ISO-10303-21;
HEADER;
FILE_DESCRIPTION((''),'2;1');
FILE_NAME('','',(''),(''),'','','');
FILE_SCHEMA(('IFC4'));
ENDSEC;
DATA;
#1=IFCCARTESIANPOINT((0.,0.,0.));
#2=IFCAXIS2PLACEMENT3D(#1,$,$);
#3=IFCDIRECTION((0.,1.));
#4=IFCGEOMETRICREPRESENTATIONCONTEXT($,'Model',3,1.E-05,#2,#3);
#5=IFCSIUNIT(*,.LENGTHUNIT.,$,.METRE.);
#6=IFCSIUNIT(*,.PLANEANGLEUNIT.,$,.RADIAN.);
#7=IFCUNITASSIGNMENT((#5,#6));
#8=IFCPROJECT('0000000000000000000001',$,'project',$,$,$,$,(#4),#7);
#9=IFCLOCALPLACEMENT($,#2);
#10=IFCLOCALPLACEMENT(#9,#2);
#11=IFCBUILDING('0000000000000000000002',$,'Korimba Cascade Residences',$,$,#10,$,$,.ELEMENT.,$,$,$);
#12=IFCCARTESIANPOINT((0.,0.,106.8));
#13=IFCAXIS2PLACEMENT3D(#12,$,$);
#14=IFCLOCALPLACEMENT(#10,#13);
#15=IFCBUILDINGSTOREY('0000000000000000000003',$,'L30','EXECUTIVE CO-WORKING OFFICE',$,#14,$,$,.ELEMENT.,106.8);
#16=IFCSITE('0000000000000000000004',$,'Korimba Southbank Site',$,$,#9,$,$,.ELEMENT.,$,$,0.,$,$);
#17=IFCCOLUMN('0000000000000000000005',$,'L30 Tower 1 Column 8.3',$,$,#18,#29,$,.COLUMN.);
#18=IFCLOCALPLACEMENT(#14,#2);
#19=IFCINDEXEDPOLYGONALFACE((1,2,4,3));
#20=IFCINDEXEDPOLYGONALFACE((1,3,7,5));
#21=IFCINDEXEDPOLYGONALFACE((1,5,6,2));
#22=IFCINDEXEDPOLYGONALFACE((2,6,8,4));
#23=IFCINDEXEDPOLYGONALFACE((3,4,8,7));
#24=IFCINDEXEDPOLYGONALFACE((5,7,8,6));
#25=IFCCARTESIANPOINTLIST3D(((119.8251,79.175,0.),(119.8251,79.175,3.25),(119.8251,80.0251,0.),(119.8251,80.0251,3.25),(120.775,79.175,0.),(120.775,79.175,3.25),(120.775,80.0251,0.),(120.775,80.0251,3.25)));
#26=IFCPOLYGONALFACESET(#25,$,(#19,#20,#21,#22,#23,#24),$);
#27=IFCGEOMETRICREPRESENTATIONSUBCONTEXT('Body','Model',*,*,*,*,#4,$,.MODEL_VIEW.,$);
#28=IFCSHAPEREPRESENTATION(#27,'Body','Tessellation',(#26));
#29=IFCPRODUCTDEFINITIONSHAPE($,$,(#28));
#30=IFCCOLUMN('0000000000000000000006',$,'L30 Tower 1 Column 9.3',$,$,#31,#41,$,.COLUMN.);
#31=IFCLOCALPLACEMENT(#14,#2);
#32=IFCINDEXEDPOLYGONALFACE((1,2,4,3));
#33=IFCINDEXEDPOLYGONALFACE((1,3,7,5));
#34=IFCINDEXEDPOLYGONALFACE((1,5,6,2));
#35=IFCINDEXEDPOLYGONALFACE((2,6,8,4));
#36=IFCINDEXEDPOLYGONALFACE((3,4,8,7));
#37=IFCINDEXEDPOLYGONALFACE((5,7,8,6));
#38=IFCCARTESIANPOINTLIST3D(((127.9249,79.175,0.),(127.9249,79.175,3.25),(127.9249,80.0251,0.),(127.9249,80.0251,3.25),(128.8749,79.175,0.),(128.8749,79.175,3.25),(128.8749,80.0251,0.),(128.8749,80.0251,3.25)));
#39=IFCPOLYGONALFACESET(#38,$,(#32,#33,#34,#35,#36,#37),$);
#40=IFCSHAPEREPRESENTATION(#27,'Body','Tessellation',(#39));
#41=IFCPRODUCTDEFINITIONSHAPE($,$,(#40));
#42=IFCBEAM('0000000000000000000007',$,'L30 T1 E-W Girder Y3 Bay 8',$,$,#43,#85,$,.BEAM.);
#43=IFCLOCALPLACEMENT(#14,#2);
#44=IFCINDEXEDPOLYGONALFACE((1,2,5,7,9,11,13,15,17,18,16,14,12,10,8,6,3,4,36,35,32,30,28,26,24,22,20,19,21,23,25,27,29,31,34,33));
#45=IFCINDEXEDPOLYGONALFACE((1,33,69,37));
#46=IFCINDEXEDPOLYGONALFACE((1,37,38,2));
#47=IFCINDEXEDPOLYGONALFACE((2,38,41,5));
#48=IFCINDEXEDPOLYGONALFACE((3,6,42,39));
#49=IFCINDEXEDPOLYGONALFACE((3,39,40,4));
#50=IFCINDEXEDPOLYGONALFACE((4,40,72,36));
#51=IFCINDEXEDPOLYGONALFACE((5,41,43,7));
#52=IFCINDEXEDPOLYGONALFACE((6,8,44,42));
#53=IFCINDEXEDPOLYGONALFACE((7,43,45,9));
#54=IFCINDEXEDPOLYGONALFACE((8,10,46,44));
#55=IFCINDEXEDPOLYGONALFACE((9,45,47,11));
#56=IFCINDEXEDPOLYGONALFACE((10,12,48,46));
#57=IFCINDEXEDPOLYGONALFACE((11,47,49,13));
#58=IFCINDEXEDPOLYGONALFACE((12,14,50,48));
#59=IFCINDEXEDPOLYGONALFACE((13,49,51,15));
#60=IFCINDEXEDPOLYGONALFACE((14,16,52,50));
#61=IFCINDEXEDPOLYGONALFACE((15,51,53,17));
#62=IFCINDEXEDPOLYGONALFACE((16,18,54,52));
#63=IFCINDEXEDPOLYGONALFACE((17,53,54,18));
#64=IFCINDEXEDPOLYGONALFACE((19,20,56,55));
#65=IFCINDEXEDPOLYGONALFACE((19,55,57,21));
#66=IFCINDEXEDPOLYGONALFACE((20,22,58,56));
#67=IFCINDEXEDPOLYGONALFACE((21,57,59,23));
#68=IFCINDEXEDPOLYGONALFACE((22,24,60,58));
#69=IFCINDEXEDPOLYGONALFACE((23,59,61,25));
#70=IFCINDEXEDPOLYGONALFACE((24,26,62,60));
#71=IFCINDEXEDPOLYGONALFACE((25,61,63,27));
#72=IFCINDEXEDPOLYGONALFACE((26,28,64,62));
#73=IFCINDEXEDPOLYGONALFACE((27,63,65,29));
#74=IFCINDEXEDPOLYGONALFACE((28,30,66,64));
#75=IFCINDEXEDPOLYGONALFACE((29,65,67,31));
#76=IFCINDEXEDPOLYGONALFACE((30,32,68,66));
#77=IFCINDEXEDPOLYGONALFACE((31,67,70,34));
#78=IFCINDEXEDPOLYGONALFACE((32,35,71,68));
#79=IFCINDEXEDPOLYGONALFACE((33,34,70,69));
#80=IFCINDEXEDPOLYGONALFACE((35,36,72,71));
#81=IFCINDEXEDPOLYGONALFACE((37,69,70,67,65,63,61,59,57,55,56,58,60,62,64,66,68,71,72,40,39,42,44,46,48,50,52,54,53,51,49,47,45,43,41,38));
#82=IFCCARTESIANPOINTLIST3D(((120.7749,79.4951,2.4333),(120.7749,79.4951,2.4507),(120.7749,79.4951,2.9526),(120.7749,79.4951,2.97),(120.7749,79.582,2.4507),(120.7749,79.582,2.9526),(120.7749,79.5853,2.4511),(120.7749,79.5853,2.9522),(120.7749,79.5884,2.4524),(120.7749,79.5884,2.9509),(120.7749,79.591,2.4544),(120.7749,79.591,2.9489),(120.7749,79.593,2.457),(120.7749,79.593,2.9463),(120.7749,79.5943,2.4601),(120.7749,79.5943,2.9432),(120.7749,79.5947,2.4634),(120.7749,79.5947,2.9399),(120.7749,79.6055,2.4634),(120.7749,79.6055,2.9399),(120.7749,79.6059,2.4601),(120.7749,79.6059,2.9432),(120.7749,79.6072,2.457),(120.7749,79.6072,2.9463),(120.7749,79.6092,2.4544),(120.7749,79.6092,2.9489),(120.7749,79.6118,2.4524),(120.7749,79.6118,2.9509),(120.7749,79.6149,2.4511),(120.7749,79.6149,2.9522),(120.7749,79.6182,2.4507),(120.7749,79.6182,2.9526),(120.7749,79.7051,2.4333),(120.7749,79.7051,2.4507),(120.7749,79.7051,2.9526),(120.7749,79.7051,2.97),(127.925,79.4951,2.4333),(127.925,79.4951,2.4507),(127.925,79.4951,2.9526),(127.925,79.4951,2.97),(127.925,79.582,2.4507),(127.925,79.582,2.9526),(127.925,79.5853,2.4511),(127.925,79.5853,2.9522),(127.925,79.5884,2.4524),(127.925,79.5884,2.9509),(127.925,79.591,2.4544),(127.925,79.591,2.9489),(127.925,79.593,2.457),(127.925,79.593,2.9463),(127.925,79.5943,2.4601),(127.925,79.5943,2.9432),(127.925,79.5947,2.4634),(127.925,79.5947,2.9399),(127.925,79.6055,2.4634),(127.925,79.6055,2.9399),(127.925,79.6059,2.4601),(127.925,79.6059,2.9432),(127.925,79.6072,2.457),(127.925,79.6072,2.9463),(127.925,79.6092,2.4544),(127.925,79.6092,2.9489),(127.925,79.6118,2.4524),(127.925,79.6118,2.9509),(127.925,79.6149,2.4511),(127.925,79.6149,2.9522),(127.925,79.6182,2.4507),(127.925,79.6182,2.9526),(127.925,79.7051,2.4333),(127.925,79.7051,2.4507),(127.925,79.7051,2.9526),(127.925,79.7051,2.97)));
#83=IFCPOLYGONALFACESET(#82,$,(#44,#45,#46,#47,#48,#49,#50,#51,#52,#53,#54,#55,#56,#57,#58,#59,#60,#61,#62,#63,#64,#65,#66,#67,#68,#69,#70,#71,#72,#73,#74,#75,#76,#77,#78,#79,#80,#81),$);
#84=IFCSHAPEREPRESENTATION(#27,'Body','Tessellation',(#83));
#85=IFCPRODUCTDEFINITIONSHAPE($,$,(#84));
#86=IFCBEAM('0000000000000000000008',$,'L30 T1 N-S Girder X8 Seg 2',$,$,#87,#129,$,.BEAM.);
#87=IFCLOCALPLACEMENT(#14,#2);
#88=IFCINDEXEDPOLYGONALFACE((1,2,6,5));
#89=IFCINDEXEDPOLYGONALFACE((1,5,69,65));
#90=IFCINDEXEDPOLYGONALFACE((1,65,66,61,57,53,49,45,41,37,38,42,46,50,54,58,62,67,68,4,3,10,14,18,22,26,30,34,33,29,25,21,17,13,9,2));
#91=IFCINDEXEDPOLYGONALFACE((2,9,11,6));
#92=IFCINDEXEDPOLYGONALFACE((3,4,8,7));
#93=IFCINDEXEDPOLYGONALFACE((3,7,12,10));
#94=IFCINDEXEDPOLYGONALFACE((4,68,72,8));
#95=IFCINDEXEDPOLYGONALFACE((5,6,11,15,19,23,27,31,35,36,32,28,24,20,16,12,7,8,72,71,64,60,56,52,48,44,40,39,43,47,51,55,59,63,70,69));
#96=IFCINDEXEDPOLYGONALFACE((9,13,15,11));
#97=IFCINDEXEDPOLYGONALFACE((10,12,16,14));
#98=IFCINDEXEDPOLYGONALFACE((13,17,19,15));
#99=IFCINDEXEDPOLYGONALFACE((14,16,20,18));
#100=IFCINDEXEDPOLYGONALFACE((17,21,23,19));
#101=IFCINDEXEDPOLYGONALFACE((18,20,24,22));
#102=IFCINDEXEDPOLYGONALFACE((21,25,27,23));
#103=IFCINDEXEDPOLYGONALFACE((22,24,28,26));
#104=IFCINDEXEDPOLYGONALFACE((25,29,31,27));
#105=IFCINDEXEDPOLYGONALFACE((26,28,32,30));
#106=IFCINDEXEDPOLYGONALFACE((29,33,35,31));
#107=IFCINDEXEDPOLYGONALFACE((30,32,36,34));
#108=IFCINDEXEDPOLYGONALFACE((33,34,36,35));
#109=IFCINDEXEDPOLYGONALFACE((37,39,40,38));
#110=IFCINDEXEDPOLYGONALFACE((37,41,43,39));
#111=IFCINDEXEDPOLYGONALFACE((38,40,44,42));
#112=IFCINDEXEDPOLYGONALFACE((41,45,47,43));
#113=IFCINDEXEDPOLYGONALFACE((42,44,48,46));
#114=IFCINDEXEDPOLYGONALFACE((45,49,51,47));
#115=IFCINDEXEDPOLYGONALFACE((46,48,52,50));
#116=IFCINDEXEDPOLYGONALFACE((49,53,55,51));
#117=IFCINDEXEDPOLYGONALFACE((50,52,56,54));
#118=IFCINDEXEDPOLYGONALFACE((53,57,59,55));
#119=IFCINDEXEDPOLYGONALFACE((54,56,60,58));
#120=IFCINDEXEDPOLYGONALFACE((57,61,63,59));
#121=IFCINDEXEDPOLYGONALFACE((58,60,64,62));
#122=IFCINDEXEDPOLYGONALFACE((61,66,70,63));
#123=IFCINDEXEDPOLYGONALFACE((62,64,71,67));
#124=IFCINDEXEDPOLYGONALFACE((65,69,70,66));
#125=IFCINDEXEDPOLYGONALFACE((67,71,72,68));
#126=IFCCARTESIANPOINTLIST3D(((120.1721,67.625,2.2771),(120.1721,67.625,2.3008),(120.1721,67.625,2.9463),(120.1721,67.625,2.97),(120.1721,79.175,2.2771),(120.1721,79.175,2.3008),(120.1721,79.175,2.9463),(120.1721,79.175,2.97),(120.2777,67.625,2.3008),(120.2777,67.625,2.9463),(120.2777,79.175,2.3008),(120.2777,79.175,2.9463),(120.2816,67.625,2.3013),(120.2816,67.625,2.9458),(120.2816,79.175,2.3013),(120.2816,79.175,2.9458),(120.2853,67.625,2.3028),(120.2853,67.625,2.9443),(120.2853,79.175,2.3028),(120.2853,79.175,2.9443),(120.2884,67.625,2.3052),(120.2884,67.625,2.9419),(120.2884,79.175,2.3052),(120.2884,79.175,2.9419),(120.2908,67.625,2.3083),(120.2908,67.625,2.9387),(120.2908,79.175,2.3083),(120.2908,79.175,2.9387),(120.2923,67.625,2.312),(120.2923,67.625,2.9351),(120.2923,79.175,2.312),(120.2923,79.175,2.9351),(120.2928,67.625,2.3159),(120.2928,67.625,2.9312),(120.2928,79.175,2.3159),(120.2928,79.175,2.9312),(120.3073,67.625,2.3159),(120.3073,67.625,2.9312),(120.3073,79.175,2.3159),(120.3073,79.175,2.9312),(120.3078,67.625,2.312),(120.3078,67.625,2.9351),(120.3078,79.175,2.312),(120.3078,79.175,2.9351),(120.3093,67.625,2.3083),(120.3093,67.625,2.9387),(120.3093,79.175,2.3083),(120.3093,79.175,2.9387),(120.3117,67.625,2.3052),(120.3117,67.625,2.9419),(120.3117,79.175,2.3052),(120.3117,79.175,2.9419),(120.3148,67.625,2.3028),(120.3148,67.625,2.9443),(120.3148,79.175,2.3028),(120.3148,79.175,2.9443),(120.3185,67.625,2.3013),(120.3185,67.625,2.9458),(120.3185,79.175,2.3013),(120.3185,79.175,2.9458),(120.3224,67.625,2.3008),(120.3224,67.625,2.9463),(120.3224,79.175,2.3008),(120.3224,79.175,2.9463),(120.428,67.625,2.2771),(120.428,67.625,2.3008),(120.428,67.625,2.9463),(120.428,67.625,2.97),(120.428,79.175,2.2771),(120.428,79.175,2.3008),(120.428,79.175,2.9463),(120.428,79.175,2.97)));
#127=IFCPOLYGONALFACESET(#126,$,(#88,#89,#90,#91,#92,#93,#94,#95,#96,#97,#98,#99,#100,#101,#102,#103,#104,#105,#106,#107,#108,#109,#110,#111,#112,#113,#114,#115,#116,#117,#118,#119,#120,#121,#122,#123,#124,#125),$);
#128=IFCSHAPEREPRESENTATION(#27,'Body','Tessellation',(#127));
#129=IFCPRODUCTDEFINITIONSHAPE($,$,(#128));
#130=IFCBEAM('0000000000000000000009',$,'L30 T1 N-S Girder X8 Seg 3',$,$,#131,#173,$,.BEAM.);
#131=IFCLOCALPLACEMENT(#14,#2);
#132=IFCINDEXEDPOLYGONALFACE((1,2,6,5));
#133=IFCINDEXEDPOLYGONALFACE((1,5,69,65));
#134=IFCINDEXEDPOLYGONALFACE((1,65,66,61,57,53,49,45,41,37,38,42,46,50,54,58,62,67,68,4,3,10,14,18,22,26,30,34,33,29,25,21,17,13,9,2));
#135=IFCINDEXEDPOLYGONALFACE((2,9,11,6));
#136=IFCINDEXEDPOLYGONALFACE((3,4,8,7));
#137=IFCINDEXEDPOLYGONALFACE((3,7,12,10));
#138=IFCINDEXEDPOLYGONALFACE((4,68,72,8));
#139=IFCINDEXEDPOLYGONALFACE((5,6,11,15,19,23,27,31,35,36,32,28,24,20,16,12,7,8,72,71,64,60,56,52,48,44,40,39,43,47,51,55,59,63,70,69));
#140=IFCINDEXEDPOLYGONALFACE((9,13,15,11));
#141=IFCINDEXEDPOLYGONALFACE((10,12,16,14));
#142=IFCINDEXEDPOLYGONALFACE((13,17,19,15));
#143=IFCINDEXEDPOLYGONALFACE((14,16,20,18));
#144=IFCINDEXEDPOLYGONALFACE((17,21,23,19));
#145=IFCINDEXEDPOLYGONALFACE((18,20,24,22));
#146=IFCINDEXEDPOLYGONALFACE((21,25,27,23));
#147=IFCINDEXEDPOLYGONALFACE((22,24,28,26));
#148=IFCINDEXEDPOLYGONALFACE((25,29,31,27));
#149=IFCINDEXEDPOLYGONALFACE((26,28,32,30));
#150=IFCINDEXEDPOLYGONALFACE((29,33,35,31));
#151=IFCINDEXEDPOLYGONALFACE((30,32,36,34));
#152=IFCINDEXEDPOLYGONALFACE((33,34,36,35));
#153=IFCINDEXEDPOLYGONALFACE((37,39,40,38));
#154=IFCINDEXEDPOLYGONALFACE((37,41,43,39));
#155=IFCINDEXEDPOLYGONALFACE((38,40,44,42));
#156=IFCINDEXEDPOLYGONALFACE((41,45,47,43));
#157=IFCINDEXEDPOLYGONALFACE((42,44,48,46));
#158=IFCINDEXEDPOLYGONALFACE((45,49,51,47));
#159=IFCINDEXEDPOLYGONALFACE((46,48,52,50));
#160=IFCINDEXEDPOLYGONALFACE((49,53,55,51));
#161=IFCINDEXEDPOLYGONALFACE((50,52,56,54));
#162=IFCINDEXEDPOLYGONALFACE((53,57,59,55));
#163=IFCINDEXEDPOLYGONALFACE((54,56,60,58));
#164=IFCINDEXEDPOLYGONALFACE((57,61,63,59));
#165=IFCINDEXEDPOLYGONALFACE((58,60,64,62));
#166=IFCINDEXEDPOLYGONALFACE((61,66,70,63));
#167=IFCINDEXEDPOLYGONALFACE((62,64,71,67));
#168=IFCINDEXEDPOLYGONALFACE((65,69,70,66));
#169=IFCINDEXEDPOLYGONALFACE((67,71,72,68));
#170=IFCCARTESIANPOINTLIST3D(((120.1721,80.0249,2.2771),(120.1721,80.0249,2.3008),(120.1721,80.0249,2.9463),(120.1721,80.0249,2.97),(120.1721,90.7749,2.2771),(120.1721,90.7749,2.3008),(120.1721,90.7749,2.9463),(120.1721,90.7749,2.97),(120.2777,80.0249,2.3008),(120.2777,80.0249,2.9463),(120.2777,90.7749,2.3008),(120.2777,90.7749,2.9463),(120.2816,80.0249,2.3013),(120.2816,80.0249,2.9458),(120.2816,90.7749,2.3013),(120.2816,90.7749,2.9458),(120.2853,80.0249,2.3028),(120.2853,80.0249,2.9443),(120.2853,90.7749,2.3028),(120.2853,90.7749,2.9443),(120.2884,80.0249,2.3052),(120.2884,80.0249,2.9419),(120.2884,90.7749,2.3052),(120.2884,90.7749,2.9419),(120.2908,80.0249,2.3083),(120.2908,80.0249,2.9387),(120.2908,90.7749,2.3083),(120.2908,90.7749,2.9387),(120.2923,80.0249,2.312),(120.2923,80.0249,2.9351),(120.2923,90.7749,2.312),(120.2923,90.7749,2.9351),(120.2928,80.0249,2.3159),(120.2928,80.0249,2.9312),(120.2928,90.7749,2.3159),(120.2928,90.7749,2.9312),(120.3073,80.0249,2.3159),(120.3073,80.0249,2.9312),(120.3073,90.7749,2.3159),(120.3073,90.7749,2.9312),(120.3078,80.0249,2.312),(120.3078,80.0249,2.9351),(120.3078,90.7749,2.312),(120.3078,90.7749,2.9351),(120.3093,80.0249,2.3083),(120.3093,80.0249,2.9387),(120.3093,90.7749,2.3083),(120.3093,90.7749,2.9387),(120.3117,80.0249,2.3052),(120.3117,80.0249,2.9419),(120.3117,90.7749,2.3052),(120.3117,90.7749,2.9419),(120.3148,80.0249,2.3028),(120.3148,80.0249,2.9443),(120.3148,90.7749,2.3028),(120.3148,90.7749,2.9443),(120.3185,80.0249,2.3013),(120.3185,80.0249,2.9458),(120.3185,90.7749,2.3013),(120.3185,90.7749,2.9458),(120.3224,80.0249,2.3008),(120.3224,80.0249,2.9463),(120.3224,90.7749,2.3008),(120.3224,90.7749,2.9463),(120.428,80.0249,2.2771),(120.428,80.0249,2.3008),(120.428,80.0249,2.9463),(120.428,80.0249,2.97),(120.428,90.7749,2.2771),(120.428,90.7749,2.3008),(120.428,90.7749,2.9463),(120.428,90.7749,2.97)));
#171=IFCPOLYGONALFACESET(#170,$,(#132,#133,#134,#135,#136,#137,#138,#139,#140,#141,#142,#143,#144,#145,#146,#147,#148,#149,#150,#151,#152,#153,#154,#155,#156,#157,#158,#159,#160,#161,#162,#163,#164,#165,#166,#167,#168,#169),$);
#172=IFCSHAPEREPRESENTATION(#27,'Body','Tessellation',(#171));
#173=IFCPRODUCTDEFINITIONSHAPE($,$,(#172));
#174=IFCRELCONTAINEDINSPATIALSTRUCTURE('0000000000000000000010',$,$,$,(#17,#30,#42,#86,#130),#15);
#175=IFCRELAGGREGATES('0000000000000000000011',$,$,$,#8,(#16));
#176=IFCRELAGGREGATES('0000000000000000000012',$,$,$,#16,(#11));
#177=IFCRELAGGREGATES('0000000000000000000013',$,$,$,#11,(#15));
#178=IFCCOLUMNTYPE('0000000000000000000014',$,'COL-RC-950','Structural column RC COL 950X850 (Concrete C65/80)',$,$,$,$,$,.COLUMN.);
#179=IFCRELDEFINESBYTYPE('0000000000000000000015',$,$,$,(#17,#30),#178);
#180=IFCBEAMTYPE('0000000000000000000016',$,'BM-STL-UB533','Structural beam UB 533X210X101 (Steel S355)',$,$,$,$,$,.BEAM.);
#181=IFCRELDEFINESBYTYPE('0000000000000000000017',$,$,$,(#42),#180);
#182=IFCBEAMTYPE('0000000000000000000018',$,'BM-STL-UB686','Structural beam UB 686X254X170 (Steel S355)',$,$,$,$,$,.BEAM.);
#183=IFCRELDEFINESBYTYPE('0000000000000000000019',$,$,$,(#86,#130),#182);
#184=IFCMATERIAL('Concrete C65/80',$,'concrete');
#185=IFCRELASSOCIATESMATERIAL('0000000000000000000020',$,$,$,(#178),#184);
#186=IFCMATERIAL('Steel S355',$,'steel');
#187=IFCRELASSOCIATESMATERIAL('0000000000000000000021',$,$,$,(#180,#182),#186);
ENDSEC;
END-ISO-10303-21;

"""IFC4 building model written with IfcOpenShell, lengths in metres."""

from ifc_helpers import new_model, si_unit, direction, frame, origin, origin_2d, place, context, subcontext, project, spatial, rectangle, i_section, extrude, material, material_profile, profile_set, type_object, element, save


model = new_model("IFC4")

# Units and contexts
model_context = context("Model", 3, precision=1e-05, world=origin(), true_north=direction((0.0, 1.0)))
body_context = subcontext(model_context, "Body", "Model", "MODEL_VIEW")
ifc_project = project(units=[si_unit("LENGTHUNIT", "METRE"), si_unit("PLANEANGLEUNIT", "RADIAN")], contexts=[model_context])

# Site, building, storey
site_placement = place(None, origin())
site = spatial("IfcSite", under=ifc_project, at=site_placement, Name="Korimba Southbank Site", CompositionType="ELEMENT", RefElevation=0.0)
building_placement = place(site_placement, origin())
building = spatial("IfcBuilding", under=site, at=building_placement, Name="Korimba Cascade Residences", CompositionType="ELEMENT")
storey_placement = place(building_placement, frame((0.0, 0.0, 106.8)))
storey = spatial("IfcBuildingStorey", under=building, at=storey_placement, Name="L30", Description="EXECUTIVE CO-WORKING OFFICE", CompositionType="ELEMENT", Elevation=106.8)

# Columns
ifc_material_1 = material(Name="Concrete C65/80", Category="concrete")
ifc_material_profile_1 = material_profile(ifc_material_1, rectangle(XDim=0.95, YDim=0.8501, at=origin_2d()), Name="Concrete C65/80")
ifc_profile_set_1 = profile_set([ifc_material_profile_1], Name="Concrete C65/80")
column_type = type_object("IfcColumnType", Name="COL-RC-950", Description="Structural column RC COL 950X850 (Concrete C65/80)", PredefinedType="COLUMN", material=ifc_profile_set_1)
for number, where, z_axis, x_axis, name in (
    (1, (120.3, 79.6001, 0.0), (0.0, 0.0, 1.0), (1.0, 0.0, 0.0), "L30 Tower 1 Column 8.3"),
    (2, (128.3999, 79.6001, 0.0), (0.0, 0.0, 1.0), (1.0, 0.0, 0.0), "L30 Tower 1 Column 9.3"),
):
    element("IfcColumn", number, at=place(storey_placement, frame(where, z_axis=z_axis, x_axis=x_axis)), inside=storey, type_object=column_type, Name=name, PredefinedType="COLUMN", context=body_context, shape_type="SweptSolid", body=[
        extrude(rectangle(XDim=0.95, YDim=0.8501, at=origin_2d()), origin(), (0.0, 0.0, 1.0), 3.25),
    ])

# Beams
ifc_material_2 = material(Name="Steel S355", Category="steel")
ifc_material_profile_2 = material_profile(ifc_material_2, i_section(OverallWidth=0.21, OverallDepth=0.5366, WebThickness=0.0107, FlangeThickness=0.0173, FilletRadius=0.0127, at=origin_2d()), Name="Steel S355")
ifc_profile_set_2 = profile_set([ifc_material_profile_2], Name="Steel S355")
beam_type_1 = type_object("IfcBeamType", Name="BM-STL-UB533", Description="Structural beam UB 533X210X101 (Steel S355)", PredefinedType="BEAM", material=ifc_profile_set_2)
beam_1_placement = place(storey_placement, frame((120.7749, 79.6001, 2.7017), z_axis=(1.0, 0.0, 0.0), x_axis=(0.0, 1.0, 0.0)))
element("IfcBeam", 3, at=beam_1_placement, inside=storey, type_object=beam_type_1, Name="L30 T1 E-W Girder Y3 Bay 8", PredefinedType="BEAM", context=body_context, shape_type="SweptSolid", body=[
    extrude(i_section(OverallWidth=0.21, OverallDepth=0.5366, WebThickness=0.0107, FlangeThickness=0.0173, FilletRadius=0.0127, at=origin_2d()), origin(), (0.0, 0.0, 1.0), 7.1501),
])
ifc_material_profile_3 = material_profile(ifc_material_2, i_section(OverallWidth=0.2559, OverallDepth=0.6929, WebThickness=0.0144, FlangeThickness=0.0237, FilletRadius=0.0151, at=origin_2d()), Name="Steel S355")
ifc_profile_set_3 = profile_set([ifc_material_profile_3], Name="Steel S355")
beam_type_2 = type_object("IfcBeamType", Name="BM-STL-UB686", Description="Structural beam UB 686X254X170 (Steel S355)", PredefinedType="BEAM", material=ifc_profile_set_3)
beam_2_placement = place(storey_placement, frame((120.3, 67.625, 2.6235), z_axis=(0.0, 1.0, 0.0), x_axis=(-1.0, 0.0, 0.0)))
element("IfcBeam", 4, at=beam_2_placement, inside=storey, type_object=beam_type_2, Name="L30 T1 N-S Girder X8 Seg 2", PredefinedType="BEAM", context=body_context, shape_type="SweptSolid", body=[
    extrude(i_section(OverallWidth=0.2559, OverallDepth=0.6929, WebThickness=0.0144, FlangeThickness=0.0237, FilletRadius=0.0151, at=origin_2d()), origin(), (0.0, 0.0, 1.0), 11.55),
])
beam_3_placement = place(storey_placement, frame((120.3, 80.0249, 2.6235), z_axis=(0.0, 1.0, 0.0), x_axis=(-1.0, 0.0, 0.0)))
element("IfcBeam", 5, at=beam_3_placement, inside=storey, type_object=beam_type_2, Name="L30 T1 N-S Girder X8 Seg 3", PredefinedType="BEAM", context=body_context, shape_type="SweptSolid", body=[
    extrude(i_section(OverallWidth=0.2559, OverallDepth=0.6929, WebThickness=0.0144, FlangeThickness=0.0237, FilletRadius=0.0151, at=origin_2d()), origin(), (0.0, 0.0, 1.0), 10.75),
])

save(model, "model.ifc")
